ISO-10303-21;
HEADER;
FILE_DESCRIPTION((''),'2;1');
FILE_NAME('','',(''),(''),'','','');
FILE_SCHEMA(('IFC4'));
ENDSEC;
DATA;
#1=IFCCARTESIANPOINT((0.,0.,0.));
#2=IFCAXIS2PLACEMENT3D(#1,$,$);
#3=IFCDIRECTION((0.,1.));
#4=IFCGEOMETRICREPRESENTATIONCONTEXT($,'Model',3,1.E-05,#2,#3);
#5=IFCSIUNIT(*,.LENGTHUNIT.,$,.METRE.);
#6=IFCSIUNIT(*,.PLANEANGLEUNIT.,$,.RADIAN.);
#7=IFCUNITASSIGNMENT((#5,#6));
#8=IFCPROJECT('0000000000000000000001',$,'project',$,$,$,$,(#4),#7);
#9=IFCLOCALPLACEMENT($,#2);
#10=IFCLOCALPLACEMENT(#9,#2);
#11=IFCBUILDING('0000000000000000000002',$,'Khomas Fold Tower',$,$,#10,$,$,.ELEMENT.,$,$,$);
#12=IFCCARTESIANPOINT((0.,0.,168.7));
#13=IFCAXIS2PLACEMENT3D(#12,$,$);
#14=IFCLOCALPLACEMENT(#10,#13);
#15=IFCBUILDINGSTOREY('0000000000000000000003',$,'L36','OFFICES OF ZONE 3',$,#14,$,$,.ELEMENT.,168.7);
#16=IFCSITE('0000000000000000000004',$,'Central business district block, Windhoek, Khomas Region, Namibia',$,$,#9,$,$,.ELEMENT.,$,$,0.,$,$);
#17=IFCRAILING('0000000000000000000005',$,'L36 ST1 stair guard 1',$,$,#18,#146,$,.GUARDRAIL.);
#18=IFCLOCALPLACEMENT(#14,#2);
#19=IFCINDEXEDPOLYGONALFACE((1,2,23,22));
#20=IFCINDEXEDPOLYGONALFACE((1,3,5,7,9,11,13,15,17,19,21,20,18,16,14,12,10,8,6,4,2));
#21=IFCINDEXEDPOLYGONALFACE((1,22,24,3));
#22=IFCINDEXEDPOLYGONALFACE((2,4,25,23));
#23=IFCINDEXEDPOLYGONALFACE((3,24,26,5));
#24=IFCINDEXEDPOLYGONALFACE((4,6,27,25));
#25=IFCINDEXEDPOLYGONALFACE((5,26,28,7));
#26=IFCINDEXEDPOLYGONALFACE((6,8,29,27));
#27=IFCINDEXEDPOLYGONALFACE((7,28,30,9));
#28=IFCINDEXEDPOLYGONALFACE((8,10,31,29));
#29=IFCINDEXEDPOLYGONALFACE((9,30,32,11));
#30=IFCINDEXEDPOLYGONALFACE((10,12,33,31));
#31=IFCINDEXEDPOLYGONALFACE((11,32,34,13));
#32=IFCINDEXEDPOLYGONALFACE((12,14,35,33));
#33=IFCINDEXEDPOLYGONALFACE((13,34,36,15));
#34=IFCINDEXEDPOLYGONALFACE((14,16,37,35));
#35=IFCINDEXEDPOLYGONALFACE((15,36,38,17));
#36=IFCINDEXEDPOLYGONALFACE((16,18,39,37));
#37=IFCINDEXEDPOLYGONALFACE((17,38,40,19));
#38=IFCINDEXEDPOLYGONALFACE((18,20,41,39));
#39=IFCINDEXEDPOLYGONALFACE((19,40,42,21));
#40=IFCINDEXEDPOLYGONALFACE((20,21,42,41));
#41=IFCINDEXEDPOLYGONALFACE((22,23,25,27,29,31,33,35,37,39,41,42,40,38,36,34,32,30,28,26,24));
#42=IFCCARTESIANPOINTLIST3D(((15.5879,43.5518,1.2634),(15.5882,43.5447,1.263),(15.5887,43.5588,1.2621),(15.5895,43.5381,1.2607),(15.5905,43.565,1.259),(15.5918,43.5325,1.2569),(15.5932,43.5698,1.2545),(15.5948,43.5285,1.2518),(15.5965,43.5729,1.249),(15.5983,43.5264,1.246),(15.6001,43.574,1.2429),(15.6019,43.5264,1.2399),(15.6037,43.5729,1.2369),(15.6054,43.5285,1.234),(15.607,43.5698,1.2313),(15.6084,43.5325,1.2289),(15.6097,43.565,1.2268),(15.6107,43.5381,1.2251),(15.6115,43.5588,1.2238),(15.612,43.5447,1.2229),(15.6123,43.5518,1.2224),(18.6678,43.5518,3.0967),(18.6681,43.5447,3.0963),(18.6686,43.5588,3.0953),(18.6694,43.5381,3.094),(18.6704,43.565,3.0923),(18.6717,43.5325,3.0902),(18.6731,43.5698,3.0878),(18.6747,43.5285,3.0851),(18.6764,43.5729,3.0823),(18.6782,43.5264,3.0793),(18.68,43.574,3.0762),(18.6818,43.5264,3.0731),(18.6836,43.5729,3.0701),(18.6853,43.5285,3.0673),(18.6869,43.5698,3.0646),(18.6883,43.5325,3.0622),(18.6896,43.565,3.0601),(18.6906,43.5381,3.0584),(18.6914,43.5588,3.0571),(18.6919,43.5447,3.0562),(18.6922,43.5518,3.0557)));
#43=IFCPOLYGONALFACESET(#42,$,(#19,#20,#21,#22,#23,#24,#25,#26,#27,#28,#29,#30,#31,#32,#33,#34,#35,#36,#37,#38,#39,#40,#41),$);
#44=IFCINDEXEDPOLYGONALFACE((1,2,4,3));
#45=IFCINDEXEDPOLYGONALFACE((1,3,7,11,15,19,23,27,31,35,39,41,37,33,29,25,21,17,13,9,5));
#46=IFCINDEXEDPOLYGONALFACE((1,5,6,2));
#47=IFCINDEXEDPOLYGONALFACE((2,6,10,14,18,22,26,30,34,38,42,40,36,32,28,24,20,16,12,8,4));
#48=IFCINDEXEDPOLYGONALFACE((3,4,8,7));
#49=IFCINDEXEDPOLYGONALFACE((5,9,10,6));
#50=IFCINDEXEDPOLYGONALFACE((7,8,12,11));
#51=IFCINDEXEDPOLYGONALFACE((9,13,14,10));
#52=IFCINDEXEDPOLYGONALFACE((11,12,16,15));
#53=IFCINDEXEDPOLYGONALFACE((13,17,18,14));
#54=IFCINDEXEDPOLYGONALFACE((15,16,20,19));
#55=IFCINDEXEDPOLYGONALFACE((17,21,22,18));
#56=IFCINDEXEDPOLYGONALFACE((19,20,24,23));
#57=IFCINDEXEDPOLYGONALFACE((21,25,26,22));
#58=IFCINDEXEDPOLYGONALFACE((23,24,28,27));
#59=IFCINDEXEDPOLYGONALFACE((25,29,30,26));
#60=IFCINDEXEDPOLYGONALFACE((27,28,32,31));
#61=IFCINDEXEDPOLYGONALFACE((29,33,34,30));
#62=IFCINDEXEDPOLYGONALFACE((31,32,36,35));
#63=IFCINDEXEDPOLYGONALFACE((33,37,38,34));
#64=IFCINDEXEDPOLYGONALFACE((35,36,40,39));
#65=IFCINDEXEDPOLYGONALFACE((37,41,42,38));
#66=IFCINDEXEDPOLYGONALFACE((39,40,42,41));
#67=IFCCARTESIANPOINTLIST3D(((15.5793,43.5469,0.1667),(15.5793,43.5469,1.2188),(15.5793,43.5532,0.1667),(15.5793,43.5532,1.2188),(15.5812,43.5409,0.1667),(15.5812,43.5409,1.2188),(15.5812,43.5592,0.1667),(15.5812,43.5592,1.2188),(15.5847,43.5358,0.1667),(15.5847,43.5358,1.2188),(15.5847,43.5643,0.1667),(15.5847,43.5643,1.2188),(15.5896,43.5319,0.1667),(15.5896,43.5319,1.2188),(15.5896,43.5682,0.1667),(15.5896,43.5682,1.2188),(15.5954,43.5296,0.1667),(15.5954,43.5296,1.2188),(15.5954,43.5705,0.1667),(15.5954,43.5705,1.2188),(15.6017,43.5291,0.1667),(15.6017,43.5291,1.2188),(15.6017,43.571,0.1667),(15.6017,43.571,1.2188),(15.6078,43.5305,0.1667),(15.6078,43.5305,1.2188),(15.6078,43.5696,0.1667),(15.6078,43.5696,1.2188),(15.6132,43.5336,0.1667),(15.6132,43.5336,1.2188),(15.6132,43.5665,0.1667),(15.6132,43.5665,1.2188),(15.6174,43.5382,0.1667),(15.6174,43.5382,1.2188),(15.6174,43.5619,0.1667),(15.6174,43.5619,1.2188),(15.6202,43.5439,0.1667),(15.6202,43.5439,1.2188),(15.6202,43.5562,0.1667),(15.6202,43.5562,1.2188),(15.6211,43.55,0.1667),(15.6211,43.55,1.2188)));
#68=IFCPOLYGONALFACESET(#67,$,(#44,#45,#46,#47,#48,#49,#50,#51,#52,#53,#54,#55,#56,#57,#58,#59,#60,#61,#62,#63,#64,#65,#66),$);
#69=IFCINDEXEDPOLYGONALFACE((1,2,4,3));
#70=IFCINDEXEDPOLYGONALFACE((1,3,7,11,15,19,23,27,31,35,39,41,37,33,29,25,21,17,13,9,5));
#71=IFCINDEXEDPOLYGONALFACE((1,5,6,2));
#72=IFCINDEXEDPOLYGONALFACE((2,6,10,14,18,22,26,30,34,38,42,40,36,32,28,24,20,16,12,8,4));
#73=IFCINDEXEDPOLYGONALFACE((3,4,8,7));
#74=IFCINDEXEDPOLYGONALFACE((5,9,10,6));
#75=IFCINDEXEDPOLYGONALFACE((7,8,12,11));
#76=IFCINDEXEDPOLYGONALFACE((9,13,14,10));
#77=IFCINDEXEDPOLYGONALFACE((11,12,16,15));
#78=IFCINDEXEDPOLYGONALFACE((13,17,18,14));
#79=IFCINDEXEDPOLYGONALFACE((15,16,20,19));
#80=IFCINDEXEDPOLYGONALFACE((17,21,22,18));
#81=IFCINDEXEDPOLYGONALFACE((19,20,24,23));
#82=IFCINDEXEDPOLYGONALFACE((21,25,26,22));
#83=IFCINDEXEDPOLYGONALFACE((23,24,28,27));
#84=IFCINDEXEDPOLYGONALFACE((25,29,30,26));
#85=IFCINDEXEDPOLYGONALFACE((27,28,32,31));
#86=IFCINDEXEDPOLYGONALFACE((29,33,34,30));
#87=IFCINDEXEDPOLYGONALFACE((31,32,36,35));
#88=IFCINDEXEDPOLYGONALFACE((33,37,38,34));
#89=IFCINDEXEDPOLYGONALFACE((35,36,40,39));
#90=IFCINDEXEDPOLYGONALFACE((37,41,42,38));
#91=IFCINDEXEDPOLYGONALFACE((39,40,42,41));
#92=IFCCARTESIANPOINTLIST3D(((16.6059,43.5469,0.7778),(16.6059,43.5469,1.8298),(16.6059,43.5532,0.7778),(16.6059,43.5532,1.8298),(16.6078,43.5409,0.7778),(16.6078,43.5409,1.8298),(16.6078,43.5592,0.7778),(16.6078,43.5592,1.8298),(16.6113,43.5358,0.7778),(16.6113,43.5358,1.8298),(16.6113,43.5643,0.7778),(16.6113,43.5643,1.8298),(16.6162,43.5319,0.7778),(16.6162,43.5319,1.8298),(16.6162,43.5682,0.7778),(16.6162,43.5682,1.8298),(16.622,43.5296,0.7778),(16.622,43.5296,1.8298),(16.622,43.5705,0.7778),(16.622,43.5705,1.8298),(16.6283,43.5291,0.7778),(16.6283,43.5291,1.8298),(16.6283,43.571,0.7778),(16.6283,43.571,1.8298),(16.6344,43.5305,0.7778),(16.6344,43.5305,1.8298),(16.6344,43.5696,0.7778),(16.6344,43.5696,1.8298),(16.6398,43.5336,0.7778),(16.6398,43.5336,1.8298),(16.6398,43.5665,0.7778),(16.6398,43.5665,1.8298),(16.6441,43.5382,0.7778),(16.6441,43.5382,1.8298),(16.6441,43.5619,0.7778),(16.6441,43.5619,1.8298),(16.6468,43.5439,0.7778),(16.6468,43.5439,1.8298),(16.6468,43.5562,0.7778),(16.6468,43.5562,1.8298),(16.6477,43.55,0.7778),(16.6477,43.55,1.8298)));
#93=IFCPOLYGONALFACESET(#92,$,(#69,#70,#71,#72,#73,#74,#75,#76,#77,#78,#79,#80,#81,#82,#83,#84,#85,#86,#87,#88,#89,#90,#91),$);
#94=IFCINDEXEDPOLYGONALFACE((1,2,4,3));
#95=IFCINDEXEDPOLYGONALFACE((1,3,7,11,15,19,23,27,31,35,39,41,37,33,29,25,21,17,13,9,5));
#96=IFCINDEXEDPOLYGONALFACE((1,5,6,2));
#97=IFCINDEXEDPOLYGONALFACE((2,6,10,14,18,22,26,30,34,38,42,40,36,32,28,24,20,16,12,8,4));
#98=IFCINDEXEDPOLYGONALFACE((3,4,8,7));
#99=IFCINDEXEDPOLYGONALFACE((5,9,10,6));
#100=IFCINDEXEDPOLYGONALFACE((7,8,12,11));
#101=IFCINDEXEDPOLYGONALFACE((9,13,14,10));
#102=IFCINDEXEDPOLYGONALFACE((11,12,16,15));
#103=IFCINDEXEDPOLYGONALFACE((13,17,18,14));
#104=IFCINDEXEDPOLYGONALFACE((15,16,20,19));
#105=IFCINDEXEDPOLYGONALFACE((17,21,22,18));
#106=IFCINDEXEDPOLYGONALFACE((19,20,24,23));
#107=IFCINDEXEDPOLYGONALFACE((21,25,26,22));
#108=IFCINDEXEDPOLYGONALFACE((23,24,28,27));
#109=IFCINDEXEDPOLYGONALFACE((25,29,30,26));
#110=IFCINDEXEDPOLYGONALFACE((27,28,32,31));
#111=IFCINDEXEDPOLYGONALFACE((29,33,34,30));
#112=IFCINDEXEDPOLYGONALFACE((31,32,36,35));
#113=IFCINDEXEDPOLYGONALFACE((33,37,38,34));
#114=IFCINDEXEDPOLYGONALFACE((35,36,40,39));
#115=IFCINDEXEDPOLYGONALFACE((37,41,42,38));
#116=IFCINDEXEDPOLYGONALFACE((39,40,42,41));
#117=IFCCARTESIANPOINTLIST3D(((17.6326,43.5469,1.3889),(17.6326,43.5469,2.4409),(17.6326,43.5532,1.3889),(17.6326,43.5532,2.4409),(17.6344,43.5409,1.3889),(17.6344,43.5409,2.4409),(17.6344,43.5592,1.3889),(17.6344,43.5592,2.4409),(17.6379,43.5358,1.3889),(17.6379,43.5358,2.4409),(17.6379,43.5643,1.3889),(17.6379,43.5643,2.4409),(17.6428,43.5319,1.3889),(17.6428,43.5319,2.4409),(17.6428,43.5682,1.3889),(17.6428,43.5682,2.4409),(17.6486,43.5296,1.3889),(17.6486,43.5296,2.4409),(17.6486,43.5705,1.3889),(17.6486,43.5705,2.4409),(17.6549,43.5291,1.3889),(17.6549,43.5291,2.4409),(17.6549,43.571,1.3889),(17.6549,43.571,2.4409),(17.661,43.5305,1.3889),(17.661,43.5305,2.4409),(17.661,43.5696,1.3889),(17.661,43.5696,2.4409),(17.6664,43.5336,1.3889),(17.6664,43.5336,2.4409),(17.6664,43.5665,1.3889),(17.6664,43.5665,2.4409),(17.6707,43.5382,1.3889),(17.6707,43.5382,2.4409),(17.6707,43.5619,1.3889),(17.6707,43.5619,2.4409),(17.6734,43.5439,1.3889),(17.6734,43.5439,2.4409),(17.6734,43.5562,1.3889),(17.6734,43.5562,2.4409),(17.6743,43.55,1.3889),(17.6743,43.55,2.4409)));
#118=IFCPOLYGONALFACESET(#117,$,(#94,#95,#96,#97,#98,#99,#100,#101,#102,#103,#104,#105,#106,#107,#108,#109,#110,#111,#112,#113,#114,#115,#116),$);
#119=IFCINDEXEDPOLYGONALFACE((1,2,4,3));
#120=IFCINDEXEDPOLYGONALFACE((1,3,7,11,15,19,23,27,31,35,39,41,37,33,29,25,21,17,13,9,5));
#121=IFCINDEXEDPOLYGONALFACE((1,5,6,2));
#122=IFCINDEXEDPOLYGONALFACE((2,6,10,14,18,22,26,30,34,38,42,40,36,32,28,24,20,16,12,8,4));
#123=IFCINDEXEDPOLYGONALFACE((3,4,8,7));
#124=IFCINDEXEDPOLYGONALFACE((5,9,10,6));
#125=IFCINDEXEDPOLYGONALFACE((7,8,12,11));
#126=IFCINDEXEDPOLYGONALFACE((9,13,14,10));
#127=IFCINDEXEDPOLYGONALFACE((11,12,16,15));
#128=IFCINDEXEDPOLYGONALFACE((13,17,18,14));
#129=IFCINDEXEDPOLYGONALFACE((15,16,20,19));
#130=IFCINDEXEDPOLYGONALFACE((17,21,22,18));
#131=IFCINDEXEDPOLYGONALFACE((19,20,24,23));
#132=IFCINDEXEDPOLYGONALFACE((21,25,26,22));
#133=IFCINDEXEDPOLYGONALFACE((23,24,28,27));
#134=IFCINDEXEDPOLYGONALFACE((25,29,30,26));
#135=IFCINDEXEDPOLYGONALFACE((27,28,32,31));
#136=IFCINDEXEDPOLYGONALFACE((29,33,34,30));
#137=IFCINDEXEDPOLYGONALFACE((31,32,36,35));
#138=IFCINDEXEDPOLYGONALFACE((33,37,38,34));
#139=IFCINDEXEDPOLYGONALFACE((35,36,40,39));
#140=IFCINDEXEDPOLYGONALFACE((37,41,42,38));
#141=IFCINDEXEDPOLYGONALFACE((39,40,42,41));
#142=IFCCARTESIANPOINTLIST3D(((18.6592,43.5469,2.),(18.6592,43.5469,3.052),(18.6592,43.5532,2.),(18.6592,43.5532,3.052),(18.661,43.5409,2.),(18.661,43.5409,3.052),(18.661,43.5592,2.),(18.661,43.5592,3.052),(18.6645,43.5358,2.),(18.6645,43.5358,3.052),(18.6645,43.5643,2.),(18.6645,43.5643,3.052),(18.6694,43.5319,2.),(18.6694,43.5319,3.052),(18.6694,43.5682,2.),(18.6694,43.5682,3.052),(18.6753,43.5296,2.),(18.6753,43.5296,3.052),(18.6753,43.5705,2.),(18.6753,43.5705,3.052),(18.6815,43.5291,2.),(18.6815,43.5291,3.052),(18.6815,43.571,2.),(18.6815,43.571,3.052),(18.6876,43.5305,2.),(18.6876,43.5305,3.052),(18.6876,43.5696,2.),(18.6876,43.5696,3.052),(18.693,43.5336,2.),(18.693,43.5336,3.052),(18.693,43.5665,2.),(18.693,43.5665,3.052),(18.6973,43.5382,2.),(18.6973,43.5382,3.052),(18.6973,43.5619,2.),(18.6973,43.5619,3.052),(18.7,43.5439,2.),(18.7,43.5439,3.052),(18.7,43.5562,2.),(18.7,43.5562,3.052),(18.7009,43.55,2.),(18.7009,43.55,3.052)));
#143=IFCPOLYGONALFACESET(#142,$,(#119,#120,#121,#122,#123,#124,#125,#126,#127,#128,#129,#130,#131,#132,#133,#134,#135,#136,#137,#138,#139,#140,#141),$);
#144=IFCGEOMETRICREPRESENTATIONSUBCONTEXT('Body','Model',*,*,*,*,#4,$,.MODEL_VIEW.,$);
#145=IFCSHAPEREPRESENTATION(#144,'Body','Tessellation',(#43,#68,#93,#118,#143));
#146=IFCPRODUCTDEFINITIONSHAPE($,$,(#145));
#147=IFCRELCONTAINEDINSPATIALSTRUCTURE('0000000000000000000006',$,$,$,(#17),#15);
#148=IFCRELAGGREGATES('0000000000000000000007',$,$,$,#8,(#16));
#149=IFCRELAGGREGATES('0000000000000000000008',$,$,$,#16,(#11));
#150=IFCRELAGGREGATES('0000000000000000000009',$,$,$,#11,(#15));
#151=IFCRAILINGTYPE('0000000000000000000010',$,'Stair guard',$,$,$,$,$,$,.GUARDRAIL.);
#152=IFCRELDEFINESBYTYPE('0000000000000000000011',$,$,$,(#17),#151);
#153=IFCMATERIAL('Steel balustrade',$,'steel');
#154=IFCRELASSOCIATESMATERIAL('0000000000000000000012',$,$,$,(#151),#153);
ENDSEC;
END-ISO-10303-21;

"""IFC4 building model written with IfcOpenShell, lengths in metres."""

from ifc_helpers import new_model, si_unit, direction, frame, origin, origin_2d, place, context, subcontext, project, spatial, circle, extrude, source, transform, mapped, material, type_object, element, save


model = new_model("IFC4")

# Units and contexts
model_context = context("Model", 3, precision=1e-05, world=origin(), true_north=direction((0.0, 1.0)))
body_context = subcontext(model_context, "Body", "Model", "MODEL_VIEW")
ifc_project = project(units=[si_unit("LENGTHUNIT", "METRE"), si_unit("PLANEANGLEUNIT", "RADIAN")], contexts=[model_context])

# Site, building, storey
site_placement = place(None, origin())
site = spatial("IfcSite", under=ifc_project, at=site_placement, Name="Central business district block, Windhoek, Khomas Region, Namibia", CompositionType="ELEMENT", RefElevation=0.0)
building_placement = place(site_placement, origin())
building = spatial("IfcBuilding", under=site, at=building_placement, Name="Khomas Fold Tower", CompositionType="ELEMENT")
storey_placement = place(building_placement, frame((0.0, 0.0, 168.7)))
storey = spatial("IfcBuildingStorey", under=building, at=storey_placement, Name="L36", Description="OFFICES OF ZONE 3", CompositionType="ELEMENT", Elevation=168.7)

# Railing
ifc_material_1 = material(Name="Steel balustrade", Category="steel")
railing_type_1 = type_object("IfcRailingType", Name="Stair guard", PredefinedType="GUARDRAIL", material=ifc_material_1)
shared_shape_1 = source(origin(), body_context, "Body", "SweptSolid", [
    extrude(circle(Radius=0.0239, at=origin_2d()), frame((0.0, 0.0, 1.0762), z_axis=(0.859291, 0.0, 0.511487), x_axis=(0.0, 1.0, 0.0)), (0.0, 0.0, 1.0), 3.5842),
    extrude(circle(Radius=0.021, at=origin_2d()), origin(), (0.0, 0.0, 1.0), 1.052),
    extrude(circle(Radius=0.021, at=origin_2d()), frame((1.0266, 0.0, 0.6111)), (0.0, 0.0, 1.0), 1.052),
    extrude(circle(Radius=0.021, at=origin_2d()), frame((2.0532, 0.0, 1.2222)), (0.0, 0.0, 1.0), 1.052),
    extrude(circle(Radius=0.021, at=origin_2d()), frame((3.0798, 0.0, 1.8333)), (0.0, 0.0, 1.0), 1.052),
])
railing_1_placement = place(storey_placement, frame((15.6001, 43.55, 0.1667)))
element("IfcRailing", 1, at=railing_1_placement, inside=storey, type_object=railing_type_1, Name="L36 ST1 stair guard 1", PredefinedType="GUARDRAIL", context=body_context, shape_type="MappedRepresentation", body=[
    mapped(shared_shape_1, transform((0.0, 0.0, 0.0))),
])

save(model, "model.ifc")
